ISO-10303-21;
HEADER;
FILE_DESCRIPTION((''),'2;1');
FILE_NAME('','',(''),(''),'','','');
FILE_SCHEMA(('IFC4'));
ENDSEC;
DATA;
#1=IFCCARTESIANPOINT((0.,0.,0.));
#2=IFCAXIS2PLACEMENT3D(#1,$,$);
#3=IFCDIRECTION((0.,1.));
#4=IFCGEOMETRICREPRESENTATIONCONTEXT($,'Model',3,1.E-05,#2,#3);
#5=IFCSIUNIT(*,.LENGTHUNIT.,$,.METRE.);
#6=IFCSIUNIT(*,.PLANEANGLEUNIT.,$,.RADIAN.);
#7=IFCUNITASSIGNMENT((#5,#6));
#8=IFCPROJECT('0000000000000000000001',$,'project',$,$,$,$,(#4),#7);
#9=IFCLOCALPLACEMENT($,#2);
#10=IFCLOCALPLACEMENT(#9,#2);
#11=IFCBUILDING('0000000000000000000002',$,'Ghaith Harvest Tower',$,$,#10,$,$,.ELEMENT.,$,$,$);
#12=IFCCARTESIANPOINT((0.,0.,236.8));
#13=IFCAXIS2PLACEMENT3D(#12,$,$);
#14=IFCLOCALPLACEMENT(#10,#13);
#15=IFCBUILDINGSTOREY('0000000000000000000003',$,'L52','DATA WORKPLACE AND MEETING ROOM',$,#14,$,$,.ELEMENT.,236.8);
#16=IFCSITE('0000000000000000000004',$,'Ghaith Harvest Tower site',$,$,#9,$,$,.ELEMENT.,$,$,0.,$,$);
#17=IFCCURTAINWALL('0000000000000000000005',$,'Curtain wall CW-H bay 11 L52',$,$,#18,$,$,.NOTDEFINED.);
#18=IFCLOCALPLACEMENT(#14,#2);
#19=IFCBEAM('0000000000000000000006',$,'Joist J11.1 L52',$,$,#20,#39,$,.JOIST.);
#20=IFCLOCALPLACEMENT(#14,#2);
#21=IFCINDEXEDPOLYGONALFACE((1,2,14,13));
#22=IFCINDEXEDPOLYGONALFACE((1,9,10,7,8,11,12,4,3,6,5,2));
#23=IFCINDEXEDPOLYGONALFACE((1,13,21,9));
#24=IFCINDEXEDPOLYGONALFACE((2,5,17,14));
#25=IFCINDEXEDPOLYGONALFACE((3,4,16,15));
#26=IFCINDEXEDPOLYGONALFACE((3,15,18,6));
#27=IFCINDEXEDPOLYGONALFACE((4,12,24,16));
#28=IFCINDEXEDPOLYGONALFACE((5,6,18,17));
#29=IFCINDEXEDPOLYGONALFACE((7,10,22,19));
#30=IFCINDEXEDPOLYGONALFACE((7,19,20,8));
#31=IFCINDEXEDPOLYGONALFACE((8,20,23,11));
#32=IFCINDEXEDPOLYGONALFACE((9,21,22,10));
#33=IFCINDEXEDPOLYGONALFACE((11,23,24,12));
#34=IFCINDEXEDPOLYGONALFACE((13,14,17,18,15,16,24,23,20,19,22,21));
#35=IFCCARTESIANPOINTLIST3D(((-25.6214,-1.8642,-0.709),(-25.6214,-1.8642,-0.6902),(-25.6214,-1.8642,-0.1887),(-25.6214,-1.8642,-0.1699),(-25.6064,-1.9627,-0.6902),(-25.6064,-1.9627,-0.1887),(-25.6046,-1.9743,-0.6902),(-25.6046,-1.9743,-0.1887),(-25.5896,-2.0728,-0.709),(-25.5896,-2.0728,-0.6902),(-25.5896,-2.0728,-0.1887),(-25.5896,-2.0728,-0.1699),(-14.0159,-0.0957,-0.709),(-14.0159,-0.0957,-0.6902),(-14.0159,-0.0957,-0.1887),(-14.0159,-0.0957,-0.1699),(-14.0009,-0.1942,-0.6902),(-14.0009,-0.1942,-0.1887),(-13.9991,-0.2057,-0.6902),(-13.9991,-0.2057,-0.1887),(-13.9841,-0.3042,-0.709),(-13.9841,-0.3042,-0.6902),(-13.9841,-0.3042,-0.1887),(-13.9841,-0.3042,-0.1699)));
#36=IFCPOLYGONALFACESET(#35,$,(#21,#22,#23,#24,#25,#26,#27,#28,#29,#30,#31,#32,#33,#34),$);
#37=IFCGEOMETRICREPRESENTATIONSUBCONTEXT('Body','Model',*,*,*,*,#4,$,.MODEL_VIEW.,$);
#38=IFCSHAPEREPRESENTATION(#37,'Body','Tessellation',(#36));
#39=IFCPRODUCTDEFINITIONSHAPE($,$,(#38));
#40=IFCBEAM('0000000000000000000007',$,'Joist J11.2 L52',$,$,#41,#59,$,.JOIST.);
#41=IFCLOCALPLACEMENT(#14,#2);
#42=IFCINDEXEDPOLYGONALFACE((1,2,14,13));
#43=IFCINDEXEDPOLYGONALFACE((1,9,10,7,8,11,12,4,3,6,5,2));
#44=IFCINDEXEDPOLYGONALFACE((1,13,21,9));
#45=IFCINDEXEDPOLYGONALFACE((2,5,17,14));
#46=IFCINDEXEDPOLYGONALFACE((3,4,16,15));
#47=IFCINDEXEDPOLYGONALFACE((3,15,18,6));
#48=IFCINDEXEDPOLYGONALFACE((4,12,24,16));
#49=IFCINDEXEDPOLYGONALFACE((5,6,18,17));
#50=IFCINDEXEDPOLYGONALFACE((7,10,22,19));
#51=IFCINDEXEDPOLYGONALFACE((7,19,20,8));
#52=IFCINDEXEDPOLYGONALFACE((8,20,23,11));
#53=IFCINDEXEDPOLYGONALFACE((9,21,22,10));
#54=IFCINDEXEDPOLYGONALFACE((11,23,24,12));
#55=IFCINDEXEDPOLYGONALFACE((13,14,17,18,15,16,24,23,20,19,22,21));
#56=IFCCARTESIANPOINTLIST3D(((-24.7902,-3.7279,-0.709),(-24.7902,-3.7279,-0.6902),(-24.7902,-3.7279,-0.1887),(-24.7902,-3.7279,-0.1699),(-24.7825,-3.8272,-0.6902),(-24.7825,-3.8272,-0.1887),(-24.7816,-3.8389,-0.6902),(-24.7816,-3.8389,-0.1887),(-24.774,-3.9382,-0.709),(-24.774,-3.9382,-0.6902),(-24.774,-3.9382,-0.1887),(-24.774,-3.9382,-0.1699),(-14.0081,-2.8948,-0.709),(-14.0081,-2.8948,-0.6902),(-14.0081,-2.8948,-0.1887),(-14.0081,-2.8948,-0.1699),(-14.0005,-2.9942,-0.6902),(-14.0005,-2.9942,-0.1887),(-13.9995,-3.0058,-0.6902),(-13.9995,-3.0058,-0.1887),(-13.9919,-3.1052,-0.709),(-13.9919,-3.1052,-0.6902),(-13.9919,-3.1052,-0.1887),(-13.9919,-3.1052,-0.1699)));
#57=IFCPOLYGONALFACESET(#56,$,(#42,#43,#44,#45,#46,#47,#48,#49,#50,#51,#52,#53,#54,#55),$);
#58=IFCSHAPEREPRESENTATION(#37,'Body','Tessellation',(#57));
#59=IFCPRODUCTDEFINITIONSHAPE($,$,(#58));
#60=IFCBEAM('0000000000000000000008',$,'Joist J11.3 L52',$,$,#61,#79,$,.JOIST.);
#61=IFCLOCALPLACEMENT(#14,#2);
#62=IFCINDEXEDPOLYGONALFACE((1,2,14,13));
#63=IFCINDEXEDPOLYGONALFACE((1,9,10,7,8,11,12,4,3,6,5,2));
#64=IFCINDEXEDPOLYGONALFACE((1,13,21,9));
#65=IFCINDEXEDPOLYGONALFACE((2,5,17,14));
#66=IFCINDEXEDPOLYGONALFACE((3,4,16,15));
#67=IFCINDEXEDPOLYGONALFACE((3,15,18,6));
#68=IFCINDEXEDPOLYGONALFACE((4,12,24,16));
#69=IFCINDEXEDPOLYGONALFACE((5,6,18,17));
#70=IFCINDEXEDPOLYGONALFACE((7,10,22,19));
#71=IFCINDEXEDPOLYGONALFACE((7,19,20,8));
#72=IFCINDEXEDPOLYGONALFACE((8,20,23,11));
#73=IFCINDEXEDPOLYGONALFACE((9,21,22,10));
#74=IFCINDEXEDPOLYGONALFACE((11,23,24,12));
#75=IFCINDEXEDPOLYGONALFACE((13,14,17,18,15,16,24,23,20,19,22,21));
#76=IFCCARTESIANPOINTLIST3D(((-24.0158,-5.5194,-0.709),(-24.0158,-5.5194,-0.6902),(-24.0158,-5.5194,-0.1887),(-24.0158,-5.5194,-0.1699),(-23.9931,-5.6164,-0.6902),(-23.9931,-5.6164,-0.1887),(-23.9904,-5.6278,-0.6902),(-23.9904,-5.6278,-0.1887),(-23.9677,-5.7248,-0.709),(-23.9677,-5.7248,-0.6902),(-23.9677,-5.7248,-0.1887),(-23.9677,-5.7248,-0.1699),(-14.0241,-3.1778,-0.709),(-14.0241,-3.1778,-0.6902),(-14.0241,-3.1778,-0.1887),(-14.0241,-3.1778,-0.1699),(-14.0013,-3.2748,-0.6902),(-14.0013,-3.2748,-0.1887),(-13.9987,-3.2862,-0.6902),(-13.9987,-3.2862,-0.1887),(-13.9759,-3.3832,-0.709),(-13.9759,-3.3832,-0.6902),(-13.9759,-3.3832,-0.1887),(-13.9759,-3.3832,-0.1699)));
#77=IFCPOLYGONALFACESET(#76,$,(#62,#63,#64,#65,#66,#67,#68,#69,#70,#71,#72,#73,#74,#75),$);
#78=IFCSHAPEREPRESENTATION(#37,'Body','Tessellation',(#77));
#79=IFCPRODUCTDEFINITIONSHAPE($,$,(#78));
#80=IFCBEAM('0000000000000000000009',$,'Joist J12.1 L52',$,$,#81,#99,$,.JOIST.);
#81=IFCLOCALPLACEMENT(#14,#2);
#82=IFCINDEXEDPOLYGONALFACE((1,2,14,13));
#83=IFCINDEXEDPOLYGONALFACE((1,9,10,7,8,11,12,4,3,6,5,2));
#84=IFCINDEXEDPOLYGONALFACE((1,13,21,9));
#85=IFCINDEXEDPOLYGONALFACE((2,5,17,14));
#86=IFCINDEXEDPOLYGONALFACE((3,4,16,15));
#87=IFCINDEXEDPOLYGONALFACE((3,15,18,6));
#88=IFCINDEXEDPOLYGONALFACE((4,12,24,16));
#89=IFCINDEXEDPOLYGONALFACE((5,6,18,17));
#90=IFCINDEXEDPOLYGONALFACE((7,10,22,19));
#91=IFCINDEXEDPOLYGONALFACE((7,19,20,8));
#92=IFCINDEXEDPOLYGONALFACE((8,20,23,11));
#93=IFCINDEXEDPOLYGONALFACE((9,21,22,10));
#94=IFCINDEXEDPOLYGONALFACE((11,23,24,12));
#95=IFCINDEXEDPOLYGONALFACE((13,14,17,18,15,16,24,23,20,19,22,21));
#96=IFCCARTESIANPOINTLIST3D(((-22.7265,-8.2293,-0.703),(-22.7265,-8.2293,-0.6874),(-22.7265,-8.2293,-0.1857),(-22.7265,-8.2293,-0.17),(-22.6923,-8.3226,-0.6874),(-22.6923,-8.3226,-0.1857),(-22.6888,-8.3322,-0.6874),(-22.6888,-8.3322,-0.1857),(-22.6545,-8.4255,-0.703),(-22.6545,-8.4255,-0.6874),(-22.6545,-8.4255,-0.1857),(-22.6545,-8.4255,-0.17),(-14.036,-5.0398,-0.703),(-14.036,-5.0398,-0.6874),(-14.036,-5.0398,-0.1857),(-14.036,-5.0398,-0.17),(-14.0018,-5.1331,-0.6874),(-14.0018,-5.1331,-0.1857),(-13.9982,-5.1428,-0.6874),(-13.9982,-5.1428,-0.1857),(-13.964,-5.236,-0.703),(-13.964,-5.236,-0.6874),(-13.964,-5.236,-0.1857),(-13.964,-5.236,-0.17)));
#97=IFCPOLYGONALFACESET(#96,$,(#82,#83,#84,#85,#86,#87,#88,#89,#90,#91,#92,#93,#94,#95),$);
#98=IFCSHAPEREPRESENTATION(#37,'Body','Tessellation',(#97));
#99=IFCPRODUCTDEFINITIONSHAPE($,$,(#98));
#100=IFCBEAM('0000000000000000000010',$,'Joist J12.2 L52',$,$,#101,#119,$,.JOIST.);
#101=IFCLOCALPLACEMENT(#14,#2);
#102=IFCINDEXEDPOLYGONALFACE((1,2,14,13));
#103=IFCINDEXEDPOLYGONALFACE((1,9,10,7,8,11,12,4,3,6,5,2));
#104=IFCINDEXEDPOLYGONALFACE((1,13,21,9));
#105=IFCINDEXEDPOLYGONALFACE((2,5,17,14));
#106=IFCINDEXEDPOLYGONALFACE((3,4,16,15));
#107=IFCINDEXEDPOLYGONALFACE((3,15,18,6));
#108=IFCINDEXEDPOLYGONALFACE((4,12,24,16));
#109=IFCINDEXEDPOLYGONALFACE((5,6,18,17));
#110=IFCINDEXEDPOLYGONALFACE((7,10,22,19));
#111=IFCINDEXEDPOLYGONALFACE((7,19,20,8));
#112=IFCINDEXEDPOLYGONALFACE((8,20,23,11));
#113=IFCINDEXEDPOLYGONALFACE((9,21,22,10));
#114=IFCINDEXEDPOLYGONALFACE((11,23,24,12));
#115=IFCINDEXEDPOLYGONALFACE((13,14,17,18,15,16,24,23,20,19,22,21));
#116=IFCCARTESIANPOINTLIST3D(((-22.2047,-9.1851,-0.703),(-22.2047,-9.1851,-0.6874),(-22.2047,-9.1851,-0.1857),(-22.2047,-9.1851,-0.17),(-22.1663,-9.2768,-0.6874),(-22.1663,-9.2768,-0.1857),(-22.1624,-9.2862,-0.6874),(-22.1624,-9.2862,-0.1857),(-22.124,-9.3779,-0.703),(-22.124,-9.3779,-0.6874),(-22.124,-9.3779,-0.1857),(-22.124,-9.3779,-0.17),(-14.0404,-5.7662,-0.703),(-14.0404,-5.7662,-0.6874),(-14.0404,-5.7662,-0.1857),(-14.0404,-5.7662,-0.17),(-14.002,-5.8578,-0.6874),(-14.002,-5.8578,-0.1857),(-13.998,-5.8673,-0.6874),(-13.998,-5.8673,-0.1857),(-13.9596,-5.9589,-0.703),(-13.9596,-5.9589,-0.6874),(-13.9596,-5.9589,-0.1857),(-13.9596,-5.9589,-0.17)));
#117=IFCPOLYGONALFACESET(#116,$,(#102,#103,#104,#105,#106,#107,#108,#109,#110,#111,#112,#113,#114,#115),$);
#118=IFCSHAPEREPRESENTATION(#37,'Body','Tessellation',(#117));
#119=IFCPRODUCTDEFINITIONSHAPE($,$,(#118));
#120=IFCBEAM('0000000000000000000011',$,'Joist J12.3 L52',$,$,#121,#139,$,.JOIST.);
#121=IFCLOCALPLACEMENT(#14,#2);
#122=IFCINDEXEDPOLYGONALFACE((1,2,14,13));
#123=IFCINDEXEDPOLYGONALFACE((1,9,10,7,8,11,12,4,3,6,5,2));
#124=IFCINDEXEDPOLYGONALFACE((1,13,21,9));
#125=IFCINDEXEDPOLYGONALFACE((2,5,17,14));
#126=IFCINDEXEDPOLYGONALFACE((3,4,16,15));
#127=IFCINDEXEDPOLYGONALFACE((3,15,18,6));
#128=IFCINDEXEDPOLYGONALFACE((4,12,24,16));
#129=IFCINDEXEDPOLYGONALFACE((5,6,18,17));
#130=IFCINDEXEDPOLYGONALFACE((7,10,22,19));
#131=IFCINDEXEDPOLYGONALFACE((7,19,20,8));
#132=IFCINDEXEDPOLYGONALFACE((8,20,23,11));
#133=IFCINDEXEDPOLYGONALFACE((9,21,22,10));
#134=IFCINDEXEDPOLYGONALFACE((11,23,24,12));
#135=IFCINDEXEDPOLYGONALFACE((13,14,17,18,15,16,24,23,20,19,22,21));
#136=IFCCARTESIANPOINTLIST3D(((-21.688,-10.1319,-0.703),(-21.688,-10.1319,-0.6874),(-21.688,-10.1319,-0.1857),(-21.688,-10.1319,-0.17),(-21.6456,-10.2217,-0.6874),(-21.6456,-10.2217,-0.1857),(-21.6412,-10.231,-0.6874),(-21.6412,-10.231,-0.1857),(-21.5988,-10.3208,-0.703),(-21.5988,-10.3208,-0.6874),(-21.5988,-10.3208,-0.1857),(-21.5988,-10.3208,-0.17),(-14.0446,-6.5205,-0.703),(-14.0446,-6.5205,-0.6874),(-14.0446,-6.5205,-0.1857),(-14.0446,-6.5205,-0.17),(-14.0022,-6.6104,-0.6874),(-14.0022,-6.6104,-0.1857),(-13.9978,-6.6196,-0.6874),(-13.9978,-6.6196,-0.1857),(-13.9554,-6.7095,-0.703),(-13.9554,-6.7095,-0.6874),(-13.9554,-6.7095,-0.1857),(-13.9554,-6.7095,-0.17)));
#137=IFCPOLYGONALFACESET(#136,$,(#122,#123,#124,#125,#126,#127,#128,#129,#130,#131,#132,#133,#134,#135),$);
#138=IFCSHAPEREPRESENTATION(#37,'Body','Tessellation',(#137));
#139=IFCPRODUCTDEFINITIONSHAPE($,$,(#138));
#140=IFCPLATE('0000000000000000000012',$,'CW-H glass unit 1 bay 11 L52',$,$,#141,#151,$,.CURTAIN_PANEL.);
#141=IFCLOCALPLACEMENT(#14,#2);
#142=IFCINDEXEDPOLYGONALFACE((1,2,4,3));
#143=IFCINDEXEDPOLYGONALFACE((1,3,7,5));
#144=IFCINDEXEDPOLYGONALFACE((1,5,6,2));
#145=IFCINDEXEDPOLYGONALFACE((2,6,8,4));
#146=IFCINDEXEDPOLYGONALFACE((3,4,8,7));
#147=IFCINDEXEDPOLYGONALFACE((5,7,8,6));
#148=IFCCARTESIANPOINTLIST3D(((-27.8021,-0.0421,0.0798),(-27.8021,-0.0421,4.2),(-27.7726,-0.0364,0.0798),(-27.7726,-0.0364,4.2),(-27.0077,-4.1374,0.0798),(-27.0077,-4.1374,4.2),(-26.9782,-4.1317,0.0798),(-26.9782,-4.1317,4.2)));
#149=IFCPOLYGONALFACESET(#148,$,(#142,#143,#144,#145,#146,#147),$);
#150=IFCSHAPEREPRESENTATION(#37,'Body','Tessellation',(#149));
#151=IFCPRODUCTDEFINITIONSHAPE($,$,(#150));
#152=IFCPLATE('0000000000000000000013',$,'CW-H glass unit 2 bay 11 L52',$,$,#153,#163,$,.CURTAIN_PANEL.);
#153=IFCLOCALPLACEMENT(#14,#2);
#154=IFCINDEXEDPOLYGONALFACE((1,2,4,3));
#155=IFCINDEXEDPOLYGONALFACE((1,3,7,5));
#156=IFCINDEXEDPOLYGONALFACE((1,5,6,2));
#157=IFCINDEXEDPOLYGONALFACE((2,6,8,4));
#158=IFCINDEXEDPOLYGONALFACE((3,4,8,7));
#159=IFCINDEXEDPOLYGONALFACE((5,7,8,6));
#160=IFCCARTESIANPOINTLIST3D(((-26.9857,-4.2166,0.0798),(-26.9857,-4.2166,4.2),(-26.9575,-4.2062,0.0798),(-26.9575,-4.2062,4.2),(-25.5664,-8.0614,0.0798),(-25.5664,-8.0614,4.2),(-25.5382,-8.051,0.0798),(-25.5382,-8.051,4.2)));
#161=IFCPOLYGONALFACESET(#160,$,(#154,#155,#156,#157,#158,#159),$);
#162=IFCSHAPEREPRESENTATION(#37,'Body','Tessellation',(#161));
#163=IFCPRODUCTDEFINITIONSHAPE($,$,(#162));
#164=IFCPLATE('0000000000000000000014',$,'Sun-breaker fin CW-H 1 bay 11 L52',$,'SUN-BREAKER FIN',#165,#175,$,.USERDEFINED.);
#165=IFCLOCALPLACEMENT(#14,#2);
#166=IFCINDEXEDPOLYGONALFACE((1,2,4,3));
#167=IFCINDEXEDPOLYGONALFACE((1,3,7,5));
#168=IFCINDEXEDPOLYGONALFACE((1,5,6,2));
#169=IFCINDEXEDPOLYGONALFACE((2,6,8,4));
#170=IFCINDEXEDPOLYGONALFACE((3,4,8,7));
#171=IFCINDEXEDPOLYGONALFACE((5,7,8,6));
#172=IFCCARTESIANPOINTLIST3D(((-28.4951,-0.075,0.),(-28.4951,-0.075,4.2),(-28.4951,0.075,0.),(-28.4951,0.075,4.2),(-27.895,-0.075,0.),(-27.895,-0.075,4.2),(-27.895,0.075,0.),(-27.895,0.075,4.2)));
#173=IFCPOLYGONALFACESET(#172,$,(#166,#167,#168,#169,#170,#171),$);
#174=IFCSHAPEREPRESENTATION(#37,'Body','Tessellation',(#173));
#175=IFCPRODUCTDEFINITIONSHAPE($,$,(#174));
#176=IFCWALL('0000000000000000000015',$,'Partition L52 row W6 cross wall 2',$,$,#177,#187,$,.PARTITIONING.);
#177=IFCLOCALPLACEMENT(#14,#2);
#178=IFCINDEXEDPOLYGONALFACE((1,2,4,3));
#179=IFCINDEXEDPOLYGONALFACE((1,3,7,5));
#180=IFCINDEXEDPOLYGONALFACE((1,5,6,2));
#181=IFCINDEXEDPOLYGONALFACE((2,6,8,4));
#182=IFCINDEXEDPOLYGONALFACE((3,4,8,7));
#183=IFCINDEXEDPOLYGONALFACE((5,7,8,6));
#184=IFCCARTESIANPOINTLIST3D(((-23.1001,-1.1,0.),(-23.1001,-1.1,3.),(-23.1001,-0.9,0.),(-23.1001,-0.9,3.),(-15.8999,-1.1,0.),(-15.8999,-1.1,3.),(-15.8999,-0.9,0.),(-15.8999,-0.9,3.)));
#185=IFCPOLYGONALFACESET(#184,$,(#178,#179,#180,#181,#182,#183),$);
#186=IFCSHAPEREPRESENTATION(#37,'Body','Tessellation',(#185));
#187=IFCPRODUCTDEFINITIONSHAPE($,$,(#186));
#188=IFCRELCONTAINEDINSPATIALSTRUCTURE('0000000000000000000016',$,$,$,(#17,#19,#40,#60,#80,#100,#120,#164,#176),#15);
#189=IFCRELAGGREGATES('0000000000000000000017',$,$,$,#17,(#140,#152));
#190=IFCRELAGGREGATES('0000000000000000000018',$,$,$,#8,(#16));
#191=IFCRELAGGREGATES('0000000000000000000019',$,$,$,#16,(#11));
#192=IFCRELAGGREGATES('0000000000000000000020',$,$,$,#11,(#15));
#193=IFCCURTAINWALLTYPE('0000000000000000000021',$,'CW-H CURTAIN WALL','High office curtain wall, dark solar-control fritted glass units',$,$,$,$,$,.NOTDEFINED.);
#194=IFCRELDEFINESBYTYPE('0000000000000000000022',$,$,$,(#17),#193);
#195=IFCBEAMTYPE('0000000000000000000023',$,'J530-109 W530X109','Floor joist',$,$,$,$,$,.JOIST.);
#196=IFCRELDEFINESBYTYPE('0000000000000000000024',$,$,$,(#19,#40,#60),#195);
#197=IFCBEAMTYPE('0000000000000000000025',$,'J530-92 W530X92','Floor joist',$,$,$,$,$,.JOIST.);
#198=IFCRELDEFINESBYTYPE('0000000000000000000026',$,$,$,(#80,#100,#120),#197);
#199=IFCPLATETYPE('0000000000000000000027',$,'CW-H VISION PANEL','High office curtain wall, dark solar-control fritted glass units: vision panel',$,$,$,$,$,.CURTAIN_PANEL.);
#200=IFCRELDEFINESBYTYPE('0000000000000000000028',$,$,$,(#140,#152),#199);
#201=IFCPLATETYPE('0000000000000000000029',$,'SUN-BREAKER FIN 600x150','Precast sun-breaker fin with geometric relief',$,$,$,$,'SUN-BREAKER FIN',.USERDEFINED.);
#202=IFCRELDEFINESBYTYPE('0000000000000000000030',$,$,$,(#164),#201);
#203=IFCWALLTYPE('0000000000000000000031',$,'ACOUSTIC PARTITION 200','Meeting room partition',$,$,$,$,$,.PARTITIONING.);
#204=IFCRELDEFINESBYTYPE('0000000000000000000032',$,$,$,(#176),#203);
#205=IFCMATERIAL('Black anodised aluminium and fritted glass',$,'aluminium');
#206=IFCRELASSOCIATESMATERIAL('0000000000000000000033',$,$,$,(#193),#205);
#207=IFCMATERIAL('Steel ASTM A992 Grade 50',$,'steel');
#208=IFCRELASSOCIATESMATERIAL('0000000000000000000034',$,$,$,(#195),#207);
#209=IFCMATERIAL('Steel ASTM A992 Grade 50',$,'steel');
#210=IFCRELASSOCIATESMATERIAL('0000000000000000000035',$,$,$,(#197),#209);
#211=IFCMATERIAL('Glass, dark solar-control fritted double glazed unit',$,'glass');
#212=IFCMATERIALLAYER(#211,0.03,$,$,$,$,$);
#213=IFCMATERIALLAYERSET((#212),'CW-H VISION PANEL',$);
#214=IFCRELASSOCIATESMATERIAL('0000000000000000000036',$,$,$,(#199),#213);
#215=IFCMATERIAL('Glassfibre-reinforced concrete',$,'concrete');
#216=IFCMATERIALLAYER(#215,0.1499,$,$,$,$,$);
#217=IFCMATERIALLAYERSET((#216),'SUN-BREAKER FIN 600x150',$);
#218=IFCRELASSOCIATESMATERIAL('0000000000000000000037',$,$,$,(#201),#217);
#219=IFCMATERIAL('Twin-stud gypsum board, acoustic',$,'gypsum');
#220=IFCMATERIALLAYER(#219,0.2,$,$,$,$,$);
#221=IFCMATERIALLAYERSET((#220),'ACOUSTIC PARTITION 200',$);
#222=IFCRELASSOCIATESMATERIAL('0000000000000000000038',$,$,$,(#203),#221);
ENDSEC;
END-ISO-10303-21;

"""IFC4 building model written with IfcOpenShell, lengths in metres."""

from ifc_helpers import new_model, si_unit, direction, frame, frame_2d, origin, origin_2d, place, context, subcontext, project, spatial, rectangle, i_section, extrude, material, layer, layer_set, material_profile, profile_set, type_object, element, aggregate, save


model = new_model("IFC4")

# Units and contexts
model_context = context("Model", 3, precision=1e-05, world=origin(), true_north=direction((0.0, 1.0)))
body_context = subcontext(model_context, "Body", "Model", "MODEL_VIEW")
ifc_project = project(units=[si_unit("LENGTHUNIT", "METRE"), si_unit("PLANEANGLEUNIT", "RADIAN")], contexts=[model_context])

# Site, building, storey
site_placement = place(None, origin())
site = spatial("IfcSite", under=ifc_project, at=site_placement, Name="Ghaith Harvest Tower site", CompositionType="ELEMENT", RefElevation=0.0)
building_placement = place(site_placement, origin())
building = spatial("IfcBuilding", under=site, at=building_placement, Name="Ghaith Harvest Tower", CompositionType="ELEMENT")
storey_placement = place(building_placement, frame((0.0, 0.0, 236.8)))
storey = spatial("IfcBuildingStorey", under=building, at=storey_placement, Name="L52", Description="DATA WORKPLACE AND MEETING ROOM", CompositionType="ELEMENT", Elevation=236.8)

# Curtain wall
ifc_material_1 = material(Name="Black anodised aluminium and fritted glass", Category="aluminium")
curtain_wall_type = type_object("IfcCurtainWallType", Name="CW-H CURTAIN WALL", Description="High office curtain wall, dark solar-control fritted glass units", PredefinedType="NOTDEFINED", material=ifc_material_1)
curtain_wall_placement = place(storey_placement, origin())
curtain_wall = element("IfcCurtainWall", 1, at=curtain_wall_placement, inside=storey, type_object=curtain_wall_type, Name="Curtain wall CW-H bay 11 L52", PredefinedType="NOTDEFINED")

# Beams
ifc_material_2 = material(Name="Steel ASTM A992 Grade 50", Category="steel")
ifc_material_profile_1 = material_profile(ifc_material_2, i_section(OverallWidth=0.2109, OverallDepth=0.5391, WebThickness=0.0117, FlangeThickness=0.0188, at=origin_2d()), Name="W530X109")
ifc_profile_set_1 = profile_set([ifc_material_profile_1], Name="Steel ASTM A992 Grade 50")
beam_type_1 = type_object("IfcBeamType", Name="J530-109 W530X109", Description="Floor joist", PredefinedType="JOIST", material=ifc_profile_set_1)
beam_1_placement = place(storey_placement, frame((-14.0, -0.2, -0.4395), z_axis=(-0.988587, -0.150651, 0.0), x_axis=(0.150651, -0.988587, 0.0)))
element("IfcBeam", 2, at=beam_1_placement, inside=storey, type_object=beam_type_1, Name="Joist J11.1 L52", PredefinedType="JOIST", context=body_context, shape_type="SweptSolid", body=[
    extrude(i_section(OverallWidth=0.2109, OverallDepth=0.5391, WebThickness=0.0117, FlangeThickness=0.0188, at=origin_2d()), origin(), (0.0, 0.0, 1.0), 11.7395),
])
beam_2_placement = place(storey_placement, frame((-14.0, -3.0, -0.4395), z_axis=(-0.997029, -0.07703, 0.0), x_axis=(0.07703, -0.997029, 0.0)))
element("IfcBeam", 3, at=beam_2_placement, inside=storey, type_object=beam_type_1, Name="Joist J11.2 L52", PredefinedType="JOIST", context=body_context, shape_type="SweptSolid", body=[
    extrude(i_section(OverallWidth=0.2109, OverallDepth=0.5391, WebThickness=0.0117, FlangeThickness=0.0188, at=origin_2d()), origin(), (0.0, 0.0, 1.0), 10.8142),
])
beam_3_placement = place(storey_placement, frame((-14.0, -3.2805, -0.4395), z_axis=(-0.973622, -0.228168, 0.0), x_axis=(0.228168, -0.973622, 0.0)))
element("IfcBeam", 4, at=beam_3_placement, inside=storey, type_object=beam_type_1, Name="Joist J11.3 L52", PredefinedType="JOIST", context=body_context, shape_type="SweptSolid", body=[
    extrude(i_section(OverallWidth=0.2109, OverallDepth=0.5391, WebThickness=0.0117, FlangeThickness=0.0188, at=origin_2d()), origin(), (0.0, 0.0, 1.0), 10.2625),
])
ifc_material_3 = material(Name="Steel ASTM A992 Grade 50", Category="steel")
ifc_material_profile_2 = material_profile(ifc_material_3, i_section(OverallWidth=0.209, OverallDepth=0.533, WebThickness=0.0103, FlangeThickness=0.0156, at=origin_2d()), Name="W530X92")
ifc_profile_set_2 = profile_set([ifc_material_profile_2], Name="Steel ASTM A992 Grade 50")
beam_type_2 = type_object("IfcBeamType", Name="J530-92 W530X92", Description="Floor joist", PredefinedType="JOIST", material=ifc_profile_set_2)
beam_4_placement = place(storey_placement, frame((-14.0, -5.1379, -0.4365), z_axis=(-0.938773, -0.344537, 0.0), x_axis=(0.344537, -0.938773, 0.0)))
element("IfcBeam", 5, at=beam_4_placement, inside=storey, type_object=beam_type_2, Name="Joist J12.1 L52", PredefinedType="JOIST", context=body_context, shape_type="SweptSolid", body=[
    extrude(i_section(OverallWidth=0.209, OverallDepth=0.533, WebThickness=0.0103, FlangeThickness=0.0156, at=origin_2d()), origin(), (0.0, 0.0, 1.0), 9.2573),
])
beam_5_placement = place(storey_placement, frame((-14.0, -5.8625, -0.4365), z_axis=(-0.922388, -0.386266, 0.0), x_axis=(0.386266, -0.922388, 0.0)))
element("IfcBeam", 6, at=beam_5_placement, inside=storey, type_object=beam_type_2, Name="Joist J12.2 L52", PredefinedType="JOIST", context=body_context, shape_type="SweptSolid", body=[
    extrude(i_section(OverallWidth=0.209, OverallDepth=0.533, WebThickness=0.0103, FlangeThickness=0.0156, at=origin_2d()), origin(), (0.0, 0.0, 1.0), 8.8513),
])
beam_6_placement = place(storey_placement, frame((-14.0, -6.615, -0.4365), z_axis=(-0.904158, -0.427198, 0.0), x_axis=(0.427198, -0.904158, 0.0)))
element("IfcBeam", 7, at=beam_6_placement, inside=storey, type_object=beam_type_2, Name="Joist J12.3 L52", PredefinedType="JOIST", context=body_context, shape_type="SweptSolid", body=[
    extrude(i_section(OverallWidth=0.209, OverallDepth=0.533, WebThickness=0.0103, FlangeThickness=0.0156, at=origin_2d()), origin(), (0.0, 0.0, 1.0), 8.4536),
])

# Plates
ifc_material_4 = material(Name="Glass, dark solar-control fritted double glazed unit", Category="glass")
ifc_layer_1 = layer(ifc_material_4, 0.03)
ifc_layer_set_1 = layer_set([ifc_layer_1], Name="CW-H VISION PANEL")
plate_type_1 = type_object("IfcPlateType", Name="CW-H VISION PANEL", Description="High office curtain wall, dark solar-control fritted glass units: vision panel", PredefinedType="CURTAIN_PANEL", material=ifc_layer_set_1)
plate_1_placement = place(storey_placement, frame((-27.3901, -2.0869, 0.0798), z_axis=(0.0, 0.0, 1.0), x_axis=(0.190427, -0.981701, 0.0)))
plate_1 = element("IfcPlate", 8, at=plate_1_placement, type_object=plate_type_1, Name="CW-H glass unit 1 bay 11 L52", PredefinedType="CURTAIN_PANEL", context=body_context, shape_type="SweptSolid", body=[
    extrude(rectangle(XDim=4.1716, YDim=0.03, at=origin_2d()), origin(), (0.0, 0.0, 1.0), 4.1201),
])
plate_2_placement = place(storey_placement, frame((-26.262, -6.1338, 0.0798), z_axis=(0.0, 0.0, 1.0), x_axis=(0.346303, -0.938123, 0.0)))
plate_2 = element("IfcPlate", 9, at=plate_2_placement, type_object=plate_type_1, Name="CW-H glass unit 2 bay 11 L52", PredefinedType="CURTAIN_PANEL", context=body_context, shape_type="SweptSolid", body=[
    extrude(rectangle(XDim=4.0984, YDim=0.03, at=origin_2d()), origin(), (0.0, 0.0, 1.0), 4.1201),
])
aggregate(curtain_wall, [plate_1, plate_2])
ifc_material_5 = material(Name="Glassfibre-reinforced concrete", Category="concrete")
ifc_layer_2 = layer(ifc_material_5, 0.1499)
ifc_layer_set_2 = layer_set([ifc_layer_2], Name="SUN-BREAKER FIN 600x150")
plate_type_2 = type_object("IfcPlateType", Name="SUN-BREAKER FIN 600x150", Description="Precast sun-breaker fin with geometric relief", ElementType="SUN-BREAKER FIN", PredefinedType="USERDEFINED", material=ifc_layer_set_2)
plate_3_placement = place(storey_placement, frame((-28.1951, 0.0, 0.0), z_axis=(0.0, 0.0, 1.0), x_axis=(-1.0, 0.0, 0.0)))
element("IfcPlate", 10, at=plate_3_placement, inside=storey, type_object=plate_type_2, Name="Sun-breaker fin CW-H 1 bay 11 L52", ObjectType="SUN-BREAKER FIN", PredefinedType="USERDEFINED", context=body_context, shape_type="SweptSolid", body=[
    extrude(rectangle(XDim=0.6001, YDim=0.1499, at=origin_2d()), origin(), (0.0, 0.0, 1.0), 4.2),
])

# Wall
ifc_material_6 = material(Name="Twin-stud gypsum board, acoustic", Category="gypsum")
ifc_layer_3 = layer(ifc_material_6, 0.2)
ifc_layer_set_3 = layer_set([ifc_layer_3], Name="ACOUSTIC PARTITION 200")
wall_type_1 = type_object("IfcWallType", Name="ACOUSTIC PARTITION 200", Description="Meeting room partition", PredefinedType="PARTITIONING", material=ifc_layer_set_3)
wall_1_placement = place(storey_placement, frame((-15.8999, -1.0, 0.0), z_axis=(0.0, 0.0, 1.0), x_axis=(-1.0, 0.0, 0.0)))
element("IfcWall", 11, at=wall_1_placement, inside=storey, type_object=wall_type_1, Name="Partition L52 row W6 cross wall 2", PredefinedType="PARTITIONING", context=body_context, shape_type="SweptSolid", body=[
    extrude(rectangle(XDim=7.2002, YDim=0.2, at=frame_2d((3.6001, 0.0))), origin(), (0.0, 0.0, 1.0), 3.0),
])

save(model, "model.ifc")
